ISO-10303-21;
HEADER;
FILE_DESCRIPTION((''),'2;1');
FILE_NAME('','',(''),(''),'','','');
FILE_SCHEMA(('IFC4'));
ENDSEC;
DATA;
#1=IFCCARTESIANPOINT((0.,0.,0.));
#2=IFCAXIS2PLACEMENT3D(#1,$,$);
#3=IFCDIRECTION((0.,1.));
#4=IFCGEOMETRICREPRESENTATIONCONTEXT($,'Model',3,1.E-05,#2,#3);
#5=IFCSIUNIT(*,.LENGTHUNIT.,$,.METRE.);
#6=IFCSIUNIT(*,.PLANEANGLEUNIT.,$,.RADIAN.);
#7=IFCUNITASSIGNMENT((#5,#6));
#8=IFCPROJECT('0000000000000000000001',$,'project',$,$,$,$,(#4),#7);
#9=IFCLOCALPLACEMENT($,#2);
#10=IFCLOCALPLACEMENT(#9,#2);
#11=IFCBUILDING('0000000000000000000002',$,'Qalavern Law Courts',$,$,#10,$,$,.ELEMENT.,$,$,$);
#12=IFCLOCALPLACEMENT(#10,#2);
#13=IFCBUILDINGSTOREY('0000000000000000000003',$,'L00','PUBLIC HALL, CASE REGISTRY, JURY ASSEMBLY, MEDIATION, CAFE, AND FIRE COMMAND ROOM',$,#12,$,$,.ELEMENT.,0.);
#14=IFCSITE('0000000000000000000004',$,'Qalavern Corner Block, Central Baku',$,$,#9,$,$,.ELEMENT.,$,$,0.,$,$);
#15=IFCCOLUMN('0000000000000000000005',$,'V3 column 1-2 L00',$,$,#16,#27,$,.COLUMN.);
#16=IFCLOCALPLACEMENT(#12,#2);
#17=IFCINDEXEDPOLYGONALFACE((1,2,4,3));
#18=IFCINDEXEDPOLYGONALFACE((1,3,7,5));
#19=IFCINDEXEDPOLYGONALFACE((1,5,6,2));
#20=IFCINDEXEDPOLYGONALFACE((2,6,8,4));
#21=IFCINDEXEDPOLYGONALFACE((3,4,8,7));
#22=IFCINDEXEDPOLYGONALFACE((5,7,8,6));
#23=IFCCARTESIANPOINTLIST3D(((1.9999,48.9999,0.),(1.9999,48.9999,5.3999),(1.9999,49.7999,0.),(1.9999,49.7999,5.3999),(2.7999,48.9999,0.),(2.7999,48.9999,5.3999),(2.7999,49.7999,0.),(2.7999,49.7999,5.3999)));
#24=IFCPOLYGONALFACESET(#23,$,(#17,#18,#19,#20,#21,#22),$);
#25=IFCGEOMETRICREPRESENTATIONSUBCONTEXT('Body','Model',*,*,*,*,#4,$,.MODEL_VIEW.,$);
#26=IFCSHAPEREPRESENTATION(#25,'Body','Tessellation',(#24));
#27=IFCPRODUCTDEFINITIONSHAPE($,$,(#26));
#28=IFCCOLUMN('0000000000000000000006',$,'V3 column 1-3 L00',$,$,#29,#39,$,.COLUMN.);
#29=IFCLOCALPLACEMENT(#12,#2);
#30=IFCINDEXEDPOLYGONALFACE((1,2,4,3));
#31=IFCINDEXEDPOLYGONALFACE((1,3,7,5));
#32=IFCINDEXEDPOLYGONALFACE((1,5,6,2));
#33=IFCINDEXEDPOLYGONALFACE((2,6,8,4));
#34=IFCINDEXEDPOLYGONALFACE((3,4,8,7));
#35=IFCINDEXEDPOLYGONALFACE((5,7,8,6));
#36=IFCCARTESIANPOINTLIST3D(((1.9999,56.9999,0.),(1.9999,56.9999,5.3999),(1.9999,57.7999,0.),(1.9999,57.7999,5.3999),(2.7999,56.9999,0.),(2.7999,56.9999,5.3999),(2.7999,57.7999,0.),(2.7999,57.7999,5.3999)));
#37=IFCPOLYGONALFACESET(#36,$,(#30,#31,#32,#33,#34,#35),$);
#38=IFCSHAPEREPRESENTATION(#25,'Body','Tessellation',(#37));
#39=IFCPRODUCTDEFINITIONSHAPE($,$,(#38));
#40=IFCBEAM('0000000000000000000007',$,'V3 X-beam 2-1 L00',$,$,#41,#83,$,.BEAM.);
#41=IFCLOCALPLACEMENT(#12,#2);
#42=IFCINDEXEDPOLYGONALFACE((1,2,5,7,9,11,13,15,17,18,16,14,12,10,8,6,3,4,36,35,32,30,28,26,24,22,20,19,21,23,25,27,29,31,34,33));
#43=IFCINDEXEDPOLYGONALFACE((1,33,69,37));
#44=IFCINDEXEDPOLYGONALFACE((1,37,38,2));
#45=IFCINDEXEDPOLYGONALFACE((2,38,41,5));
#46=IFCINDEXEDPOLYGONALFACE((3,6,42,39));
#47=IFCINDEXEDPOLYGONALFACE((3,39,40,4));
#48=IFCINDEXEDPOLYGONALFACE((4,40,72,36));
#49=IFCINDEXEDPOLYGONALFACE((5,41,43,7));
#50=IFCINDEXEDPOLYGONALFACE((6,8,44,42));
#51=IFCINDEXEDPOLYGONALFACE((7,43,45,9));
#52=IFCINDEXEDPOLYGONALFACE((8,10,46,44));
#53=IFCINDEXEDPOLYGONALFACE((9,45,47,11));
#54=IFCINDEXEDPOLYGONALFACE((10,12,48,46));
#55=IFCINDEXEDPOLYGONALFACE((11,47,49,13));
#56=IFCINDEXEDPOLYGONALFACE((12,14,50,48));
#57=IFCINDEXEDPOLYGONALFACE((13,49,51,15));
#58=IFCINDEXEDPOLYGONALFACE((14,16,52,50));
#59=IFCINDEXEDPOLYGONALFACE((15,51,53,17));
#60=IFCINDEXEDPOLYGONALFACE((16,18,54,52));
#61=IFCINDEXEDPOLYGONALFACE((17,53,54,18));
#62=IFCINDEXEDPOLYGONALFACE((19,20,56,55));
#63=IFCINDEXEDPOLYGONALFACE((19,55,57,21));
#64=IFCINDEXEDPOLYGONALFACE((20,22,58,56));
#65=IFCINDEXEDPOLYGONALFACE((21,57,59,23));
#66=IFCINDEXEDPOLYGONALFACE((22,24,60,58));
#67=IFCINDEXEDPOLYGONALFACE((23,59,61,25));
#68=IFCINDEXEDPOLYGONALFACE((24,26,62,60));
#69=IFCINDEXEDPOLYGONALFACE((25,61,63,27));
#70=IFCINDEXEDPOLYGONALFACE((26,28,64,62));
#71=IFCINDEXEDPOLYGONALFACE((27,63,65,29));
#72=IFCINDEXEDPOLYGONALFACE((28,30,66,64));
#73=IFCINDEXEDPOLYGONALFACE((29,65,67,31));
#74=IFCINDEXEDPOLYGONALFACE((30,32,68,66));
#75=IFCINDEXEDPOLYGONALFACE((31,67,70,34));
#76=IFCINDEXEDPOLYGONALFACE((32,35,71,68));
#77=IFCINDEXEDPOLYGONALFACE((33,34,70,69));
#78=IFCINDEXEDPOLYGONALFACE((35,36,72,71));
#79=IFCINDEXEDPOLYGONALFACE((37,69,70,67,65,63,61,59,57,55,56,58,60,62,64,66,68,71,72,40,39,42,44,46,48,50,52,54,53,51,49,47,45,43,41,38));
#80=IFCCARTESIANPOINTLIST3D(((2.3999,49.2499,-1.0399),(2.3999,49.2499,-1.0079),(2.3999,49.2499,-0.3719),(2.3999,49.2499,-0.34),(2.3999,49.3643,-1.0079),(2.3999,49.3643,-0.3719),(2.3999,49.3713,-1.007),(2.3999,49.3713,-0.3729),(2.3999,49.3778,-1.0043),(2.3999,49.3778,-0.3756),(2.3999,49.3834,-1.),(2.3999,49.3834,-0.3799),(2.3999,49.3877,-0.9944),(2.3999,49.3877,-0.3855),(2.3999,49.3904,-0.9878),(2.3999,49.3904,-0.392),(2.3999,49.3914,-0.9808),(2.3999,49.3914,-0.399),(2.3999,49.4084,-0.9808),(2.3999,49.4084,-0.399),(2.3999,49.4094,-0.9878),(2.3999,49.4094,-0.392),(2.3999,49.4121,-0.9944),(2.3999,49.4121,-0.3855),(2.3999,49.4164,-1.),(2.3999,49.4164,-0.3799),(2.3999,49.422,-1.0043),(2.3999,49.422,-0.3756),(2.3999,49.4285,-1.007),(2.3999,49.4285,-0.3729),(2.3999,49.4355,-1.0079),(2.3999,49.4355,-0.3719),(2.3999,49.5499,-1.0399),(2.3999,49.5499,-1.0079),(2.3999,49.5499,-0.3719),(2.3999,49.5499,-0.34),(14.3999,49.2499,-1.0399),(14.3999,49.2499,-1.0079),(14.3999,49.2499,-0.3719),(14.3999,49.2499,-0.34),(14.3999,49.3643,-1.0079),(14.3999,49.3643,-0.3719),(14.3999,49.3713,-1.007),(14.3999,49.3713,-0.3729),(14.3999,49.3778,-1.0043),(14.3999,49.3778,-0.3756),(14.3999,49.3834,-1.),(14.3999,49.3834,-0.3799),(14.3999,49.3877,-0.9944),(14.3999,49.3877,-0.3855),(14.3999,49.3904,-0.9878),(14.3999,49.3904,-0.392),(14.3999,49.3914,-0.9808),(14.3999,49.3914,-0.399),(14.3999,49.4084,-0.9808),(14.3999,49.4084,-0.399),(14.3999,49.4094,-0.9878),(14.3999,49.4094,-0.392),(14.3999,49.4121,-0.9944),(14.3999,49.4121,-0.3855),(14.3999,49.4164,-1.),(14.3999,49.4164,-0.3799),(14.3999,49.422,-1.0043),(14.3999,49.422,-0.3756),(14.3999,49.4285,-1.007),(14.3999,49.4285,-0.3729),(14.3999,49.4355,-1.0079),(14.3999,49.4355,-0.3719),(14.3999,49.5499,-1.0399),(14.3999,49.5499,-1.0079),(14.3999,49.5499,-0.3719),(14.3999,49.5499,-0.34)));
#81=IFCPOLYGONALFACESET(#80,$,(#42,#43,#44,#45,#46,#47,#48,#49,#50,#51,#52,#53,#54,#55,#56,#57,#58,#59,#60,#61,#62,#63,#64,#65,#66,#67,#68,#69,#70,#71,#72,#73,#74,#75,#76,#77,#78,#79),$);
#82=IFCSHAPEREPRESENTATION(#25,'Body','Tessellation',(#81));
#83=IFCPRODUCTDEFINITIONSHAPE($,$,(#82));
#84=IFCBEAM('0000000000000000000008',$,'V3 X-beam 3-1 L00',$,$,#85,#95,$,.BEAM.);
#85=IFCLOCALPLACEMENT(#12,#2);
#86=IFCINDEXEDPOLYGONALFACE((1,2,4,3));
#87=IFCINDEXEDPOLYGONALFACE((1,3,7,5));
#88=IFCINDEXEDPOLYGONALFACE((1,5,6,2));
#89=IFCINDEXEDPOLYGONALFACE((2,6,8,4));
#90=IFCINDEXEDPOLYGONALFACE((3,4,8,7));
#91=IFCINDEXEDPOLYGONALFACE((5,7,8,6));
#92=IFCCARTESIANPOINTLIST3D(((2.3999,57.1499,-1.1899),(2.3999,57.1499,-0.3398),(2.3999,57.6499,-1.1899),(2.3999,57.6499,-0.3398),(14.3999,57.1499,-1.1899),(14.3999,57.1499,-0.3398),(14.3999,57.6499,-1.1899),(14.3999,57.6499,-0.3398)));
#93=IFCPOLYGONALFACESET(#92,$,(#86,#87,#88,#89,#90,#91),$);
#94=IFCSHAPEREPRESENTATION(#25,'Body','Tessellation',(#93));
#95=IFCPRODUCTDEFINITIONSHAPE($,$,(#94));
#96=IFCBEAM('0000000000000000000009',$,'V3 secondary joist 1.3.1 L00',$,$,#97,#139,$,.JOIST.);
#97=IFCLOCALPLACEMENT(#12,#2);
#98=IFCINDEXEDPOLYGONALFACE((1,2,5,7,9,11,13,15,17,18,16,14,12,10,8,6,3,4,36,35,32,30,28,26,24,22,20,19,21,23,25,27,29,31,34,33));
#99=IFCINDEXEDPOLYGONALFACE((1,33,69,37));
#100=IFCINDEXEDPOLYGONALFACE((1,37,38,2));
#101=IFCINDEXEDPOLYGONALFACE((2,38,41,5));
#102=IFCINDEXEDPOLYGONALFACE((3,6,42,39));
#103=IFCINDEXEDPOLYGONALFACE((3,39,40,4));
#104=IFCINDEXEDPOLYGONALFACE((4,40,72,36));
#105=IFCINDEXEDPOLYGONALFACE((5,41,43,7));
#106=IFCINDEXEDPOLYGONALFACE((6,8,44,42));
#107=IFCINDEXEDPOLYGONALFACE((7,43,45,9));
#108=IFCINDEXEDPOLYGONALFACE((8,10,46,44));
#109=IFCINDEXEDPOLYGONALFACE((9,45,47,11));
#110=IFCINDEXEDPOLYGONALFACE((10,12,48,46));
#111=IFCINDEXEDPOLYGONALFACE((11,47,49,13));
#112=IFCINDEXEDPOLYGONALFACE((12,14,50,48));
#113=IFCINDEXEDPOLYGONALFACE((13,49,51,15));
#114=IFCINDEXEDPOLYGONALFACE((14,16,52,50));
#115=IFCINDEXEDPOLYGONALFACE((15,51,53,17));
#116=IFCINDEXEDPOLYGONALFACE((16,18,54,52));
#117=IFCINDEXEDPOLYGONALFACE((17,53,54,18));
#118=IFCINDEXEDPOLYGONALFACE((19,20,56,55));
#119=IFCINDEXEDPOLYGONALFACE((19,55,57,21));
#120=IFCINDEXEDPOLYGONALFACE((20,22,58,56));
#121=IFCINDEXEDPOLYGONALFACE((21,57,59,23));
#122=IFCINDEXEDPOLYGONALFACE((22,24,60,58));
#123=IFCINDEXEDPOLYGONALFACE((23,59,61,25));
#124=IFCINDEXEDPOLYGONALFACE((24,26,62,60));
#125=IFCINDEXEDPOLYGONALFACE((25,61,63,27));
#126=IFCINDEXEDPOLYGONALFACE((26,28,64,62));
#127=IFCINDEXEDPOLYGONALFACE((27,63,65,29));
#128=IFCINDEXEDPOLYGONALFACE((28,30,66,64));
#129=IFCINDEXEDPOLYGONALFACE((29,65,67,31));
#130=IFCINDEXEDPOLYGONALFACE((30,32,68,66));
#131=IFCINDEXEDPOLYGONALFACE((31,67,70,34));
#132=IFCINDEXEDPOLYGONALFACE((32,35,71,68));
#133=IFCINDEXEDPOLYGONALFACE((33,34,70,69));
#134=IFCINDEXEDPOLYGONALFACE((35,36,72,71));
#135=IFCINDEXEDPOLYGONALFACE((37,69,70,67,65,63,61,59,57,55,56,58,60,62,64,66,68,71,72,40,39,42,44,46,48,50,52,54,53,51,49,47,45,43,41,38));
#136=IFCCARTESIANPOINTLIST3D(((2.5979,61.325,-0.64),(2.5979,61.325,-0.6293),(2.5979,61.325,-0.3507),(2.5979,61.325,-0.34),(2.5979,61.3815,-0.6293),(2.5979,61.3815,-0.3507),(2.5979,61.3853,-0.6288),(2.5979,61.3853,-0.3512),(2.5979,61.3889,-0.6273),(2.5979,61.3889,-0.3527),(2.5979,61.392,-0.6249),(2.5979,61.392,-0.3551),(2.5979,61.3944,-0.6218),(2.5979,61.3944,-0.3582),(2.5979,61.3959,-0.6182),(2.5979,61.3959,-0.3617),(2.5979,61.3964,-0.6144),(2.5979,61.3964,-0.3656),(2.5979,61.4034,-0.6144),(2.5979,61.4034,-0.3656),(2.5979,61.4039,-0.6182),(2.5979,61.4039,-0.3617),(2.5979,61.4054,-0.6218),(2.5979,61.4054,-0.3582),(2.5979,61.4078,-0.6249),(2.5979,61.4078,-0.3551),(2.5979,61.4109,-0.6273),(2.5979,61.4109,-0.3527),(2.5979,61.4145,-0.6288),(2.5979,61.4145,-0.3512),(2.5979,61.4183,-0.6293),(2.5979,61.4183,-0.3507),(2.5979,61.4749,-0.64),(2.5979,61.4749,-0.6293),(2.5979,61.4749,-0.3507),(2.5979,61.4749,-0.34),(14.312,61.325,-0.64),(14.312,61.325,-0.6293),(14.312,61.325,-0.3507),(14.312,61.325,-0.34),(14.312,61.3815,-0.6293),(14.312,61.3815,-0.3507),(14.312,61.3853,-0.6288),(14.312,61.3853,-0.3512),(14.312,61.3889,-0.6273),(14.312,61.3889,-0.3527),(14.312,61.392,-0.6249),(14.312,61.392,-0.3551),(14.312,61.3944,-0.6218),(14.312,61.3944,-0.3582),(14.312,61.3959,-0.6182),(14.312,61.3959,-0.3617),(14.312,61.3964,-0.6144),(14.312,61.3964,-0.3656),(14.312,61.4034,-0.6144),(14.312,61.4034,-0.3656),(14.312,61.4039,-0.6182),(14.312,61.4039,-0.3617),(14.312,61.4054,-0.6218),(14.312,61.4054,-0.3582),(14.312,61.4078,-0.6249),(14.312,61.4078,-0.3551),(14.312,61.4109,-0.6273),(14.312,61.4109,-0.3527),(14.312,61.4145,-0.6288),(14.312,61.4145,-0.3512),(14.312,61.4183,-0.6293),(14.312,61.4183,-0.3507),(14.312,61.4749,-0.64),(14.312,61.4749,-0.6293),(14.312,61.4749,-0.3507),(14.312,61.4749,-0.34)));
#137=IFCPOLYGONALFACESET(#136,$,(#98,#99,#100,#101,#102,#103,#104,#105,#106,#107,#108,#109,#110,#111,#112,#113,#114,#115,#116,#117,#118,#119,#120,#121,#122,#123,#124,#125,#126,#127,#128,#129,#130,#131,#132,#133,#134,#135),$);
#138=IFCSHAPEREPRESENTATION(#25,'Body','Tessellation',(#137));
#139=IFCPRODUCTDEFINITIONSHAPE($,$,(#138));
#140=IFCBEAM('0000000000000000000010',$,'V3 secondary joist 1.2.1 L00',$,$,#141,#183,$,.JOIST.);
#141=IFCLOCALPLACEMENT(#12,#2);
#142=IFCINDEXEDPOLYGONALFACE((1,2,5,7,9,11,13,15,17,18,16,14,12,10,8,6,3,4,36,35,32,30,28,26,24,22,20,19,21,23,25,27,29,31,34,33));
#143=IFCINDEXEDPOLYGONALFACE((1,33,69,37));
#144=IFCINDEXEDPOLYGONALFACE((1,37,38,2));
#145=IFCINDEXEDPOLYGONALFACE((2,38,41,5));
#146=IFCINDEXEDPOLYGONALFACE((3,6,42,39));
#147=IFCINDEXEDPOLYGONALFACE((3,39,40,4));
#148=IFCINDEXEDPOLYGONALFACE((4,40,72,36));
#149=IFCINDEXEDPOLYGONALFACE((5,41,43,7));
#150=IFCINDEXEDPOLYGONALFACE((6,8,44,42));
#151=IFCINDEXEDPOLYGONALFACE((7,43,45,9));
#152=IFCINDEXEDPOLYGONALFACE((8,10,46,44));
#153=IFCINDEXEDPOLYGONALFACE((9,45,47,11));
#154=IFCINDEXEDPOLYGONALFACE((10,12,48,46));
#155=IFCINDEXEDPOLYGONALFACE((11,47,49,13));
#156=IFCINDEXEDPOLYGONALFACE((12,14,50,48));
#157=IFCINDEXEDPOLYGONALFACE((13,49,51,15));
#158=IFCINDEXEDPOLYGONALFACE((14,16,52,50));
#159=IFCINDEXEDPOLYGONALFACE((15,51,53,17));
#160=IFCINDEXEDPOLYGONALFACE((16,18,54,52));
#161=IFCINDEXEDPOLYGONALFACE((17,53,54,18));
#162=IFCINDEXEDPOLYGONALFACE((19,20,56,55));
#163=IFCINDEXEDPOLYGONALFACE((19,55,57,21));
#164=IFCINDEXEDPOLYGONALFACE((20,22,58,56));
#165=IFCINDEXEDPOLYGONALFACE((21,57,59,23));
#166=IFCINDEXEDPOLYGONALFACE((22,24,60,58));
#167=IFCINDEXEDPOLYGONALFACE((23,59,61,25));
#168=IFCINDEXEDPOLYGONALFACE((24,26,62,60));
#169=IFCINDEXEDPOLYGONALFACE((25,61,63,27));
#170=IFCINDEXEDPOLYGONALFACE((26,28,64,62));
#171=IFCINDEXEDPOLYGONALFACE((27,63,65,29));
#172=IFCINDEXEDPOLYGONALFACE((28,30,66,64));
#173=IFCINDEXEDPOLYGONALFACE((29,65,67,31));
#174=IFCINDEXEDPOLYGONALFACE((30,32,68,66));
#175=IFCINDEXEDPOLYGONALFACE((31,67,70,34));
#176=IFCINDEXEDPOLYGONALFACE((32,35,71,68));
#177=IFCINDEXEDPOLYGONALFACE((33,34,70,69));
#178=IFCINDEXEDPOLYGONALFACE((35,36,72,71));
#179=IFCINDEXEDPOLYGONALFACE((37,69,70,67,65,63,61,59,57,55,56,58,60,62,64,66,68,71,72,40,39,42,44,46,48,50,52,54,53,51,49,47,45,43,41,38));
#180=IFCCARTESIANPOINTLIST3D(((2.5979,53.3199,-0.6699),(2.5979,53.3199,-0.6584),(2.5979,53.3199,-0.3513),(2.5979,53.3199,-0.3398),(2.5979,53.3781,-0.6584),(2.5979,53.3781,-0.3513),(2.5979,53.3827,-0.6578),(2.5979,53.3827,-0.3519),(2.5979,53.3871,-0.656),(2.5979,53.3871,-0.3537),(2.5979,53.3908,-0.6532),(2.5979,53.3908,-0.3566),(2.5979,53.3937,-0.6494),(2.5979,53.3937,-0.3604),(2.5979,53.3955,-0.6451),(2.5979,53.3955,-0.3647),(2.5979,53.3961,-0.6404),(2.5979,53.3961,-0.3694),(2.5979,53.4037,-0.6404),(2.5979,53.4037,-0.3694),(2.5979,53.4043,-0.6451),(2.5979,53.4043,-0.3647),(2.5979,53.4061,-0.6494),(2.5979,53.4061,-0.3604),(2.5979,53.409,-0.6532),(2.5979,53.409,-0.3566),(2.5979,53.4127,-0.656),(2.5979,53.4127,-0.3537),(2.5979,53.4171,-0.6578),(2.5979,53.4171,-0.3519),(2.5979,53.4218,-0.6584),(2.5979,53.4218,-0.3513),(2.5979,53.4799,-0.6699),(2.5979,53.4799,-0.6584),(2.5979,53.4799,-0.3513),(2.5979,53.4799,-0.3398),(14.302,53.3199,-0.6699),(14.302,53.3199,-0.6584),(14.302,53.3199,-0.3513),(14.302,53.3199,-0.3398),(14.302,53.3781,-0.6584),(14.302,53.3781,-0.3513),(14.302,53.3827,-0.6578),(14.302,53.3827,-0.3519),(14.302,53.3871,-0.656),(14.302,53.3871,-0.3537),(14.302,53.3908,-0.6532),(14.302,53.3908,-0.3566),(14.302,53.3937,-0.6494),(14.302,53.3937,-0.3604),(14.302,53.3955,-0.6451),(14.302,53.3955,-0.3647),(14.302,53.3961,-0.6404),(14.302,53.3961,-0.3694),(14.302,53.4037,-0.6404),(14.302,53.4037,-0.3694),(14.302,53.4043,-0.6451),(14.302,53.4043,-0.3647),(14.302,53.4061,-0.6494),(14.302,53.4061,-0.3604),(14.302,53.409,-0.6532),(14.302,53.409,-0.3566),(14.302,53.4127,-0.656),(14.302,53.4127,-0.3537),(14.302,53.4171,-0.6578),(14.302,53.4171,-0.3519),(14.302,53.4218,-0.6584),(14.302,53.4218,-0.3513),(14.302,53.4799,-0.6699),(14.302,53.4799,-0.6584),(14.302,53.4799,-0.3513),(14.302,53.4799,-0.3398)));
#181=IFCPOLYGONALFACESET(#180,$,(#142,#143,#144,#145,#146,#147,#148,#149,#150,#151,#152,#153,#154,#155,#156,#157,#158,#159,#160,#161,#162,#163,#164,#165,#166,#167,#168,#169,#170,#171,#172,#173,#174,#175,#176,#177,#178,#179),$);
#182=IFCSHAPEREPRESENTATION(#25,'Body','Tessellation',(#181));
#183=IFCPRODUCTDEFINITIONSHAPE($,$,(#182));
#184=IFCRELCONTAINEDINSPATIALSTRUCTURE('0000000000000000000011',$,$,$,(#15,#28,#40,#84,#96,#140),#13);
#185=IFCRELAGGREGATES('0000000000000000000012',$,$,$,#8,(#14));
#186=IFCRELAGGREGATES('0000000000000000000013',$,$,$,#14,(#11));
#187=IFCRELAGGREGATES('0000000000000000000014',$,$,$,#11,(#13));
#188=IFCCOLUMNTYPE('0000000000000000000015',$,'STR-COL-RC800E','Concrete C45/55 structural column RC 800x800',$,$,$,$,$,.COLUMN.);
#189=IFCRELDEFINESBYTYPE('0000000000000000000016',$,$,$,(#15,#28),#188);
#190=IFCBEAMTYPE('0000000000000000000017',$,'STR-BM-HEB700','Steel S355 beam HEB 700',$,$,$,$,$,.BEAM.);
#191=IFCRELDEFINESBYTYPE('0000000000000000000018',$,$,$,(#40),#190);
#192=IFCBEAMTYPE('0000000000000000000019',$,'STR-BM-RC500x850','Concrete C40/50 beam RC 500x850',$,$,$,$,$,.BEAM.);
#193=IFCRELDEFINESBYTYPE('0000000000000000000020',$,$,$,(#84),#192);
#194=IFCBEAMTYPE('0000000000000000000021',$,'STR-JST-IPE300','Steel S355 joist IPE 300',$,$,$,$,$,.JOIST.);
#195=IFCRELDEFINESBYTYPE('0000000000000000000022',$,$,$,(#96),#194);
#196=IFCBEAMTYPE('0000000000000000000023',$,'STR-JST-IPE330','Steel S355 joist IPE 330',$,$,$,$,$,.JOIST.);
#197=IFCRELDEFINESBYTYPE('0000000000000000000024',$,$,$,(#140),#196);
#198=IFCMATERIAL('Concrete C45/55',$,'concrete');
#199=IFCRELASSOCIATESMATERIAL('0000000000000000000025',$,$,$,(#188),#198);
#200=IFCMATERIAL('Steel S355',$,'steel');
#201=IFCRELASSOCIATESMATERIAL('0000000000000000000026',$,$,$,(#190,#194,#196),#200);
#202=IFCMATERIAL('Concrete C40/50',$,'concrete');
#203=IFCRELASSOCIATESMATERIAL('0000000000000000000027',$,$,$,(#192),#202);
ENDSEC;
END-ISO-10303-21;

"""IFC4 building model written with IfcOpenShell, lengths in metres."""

from ifc_helpers import new_model, si_unit, direction, frame, origin, origin_2d, place, context, subcontext, project, spatial, rectangle, i_section, extrude, material, material_profile, profile_set, type_object, element, save


model = new_model("IFC4")

# Units and contexts
model_context = context("Model", 3, precision=1e-05, world=origin(), true_north=direction((0.0, 1.0)))
body_context = subcontext(model_context, "Body", "Model", "MODEL_VIEW")
ifc_project = project(units=[si_unit("LENGTHUNIT", "METRE"), si_unit("PLANEANGLEUNIT", "RADIAN")], contexts=[model_context])

# Site, building, storey
site_placement = place(None, origin())
site = spatial("IfcSite", under=ifc_project, at=site_placement, Name="Qalavern Corner Block, Central Baku", CompositionType="ELEMENT", RefElevation=0.0)
building_placement = place(site_placement, origin())
building = spatial("IfcBuilding", under=site, at=building_placement, Name="Qalavern Law Courts", CompositionType="ELEMENT")
storey_placement = place(building_placement, origin())
storey = spatial("IfcBuildingStorey", under=building, at=storey_placement, Name="L00", Description="PUBLIC HALL, CASE REGISTRY, JURY ASSEMBLY, MEDIATION, CAFE, AND FIRE COMMAND ROOM", CompositionType="ELEMENT", Elevation=0.0)

# Columns
ifc_material_1 = material(Name="Concrete C45/55", Category="concrete")
ifc_material_profile_1 = material_profile(ifc_material_1, rectangle(XDim=0.8, YDim=0.8, at=origin_2d()), Name="RC 800x800")
ifc_profile_set_1 = profile_set([ifc_material_profile_1], Name="Concrete C45/55")
column_type = type_object("IfcColumnType", Name="STR-COL-RC800E", Description="Concrete C45/55 structural column RC 800x800", PredefinedType="COLUMN", material=ifc_profile_set_1)
for number, where, z_axis, x_axis, name in (
    (1, (2.3999, 49.3999, 0.0), (0.0, 0.0, 1.0), (1.0, 0.0, 0.0), "V3 column 1-2 L00"),
    (2, (2.3999, 57.3999, 0.0), (0.0, 0.0, 1.0), (1.0, 0.0, 0.0), "V3 column 1-3 L00"),
):
    element("IfcColumn", number, at=place(storey_placement, frame(where, z_axis=z_axis, x_axis=x_axis)), inside=storey, type_object=column_type, Name=name, PredefinedType="COLUMN", context=body_context, shape_type="SweptSolid", body=[
        extrude(rectangle(XDim=0.8, YDim=0.8, at=origin_2d()), origin(), (0.0, 0.0, 1.0), 5.3999),
    ])

# Beams
ifc_material_2 = material(Name="Steel S355", Category="steel")
ifc_material_profile_2 = material_profile(ifc_material_2, i_section(OverallWidth=0.3, OverallDepth=0.7, WebThickness=0.0171, FlangeThickness=0.032, FilletRadius=0.0271, at=origin_2d()), Name="HEB 700")
ifc_profile_set_2 = profile_set([ifc_material_profile_2], Name="Steel S355")
beam_type_1 = type_object("IfcBeamType", Name="STR-BM-HEB700", Description="Steel S355 beam HEB 700", PredefinedType="BEAM", material=ifc_profile_set_2)
beam_1_placement = place(storey_placement, frame((2.3999, 49.3999, -0.6899), z_axis=(1.0, 0.0, 0.0), x_axis=(0.0, 1.0, 0.0)))
element("IfcBeam", 3, at=beam_1_placement, inside=storey, type_object=beam_type_1, Name="V3 X-beam 2-1 L00", PredefinedType="BEAM", context=body_context, shape_type="SweptSolid", body=[
    extrude(i_section(OverallWidth=0.3, OverallDepth=0.7, WebThickness=0.0171, FlangeThickness=0.032, FilletRadius=0.0271, at=origin_2d()), origin(), (0.0, 0.0, 1.0), 12.0),
])
ifc_material_3 = material(Name="Concrete C40/50", Category="concrete")
ifc_material_profile_3 = material_profile(ifc_material_3, rectangle(XDim=0.5, YDim=0.8501, at=origin_2d()), Name="RC 500x850")
ifc_profile_set_3 = profile_set([ifc_material_profile_3], Name="Concrete C40/50")
beam_type_2 = type_object("IfcBeamType", Name="STR-BM-RC500x850", Description="Concrete C40/50 beam RC 500x850", PredefinedType="BEAM", material=ifc_profile_set_3)
beam_2_placement = place(storey_placement, frame((2.3999, 57.3999, -0.7649), z_axis=(1.0, 0.0, 0.0), x_axis=(0.0, 1.0, 0.0)))
element("IfcBeam", 4, at=beam_2_placement, inside=storey, type_object=beam_type_2, Name="V3 X-beam 3-1 L00", PredefinedType="BEAM", context=body_context, shape_type="SweptSolid", body=[
    extrude(rectangle(XDim=0.5, YDim=0.8501, at=origin_2d()), origin(), (0.0, 0.0, 1.0), 12.0),
])
ifc_material_profile_4 = material_profile(ifc_material_2, i_section(OverallWidth=0.1499, OverallDepth=0.3, WebThickness=0.0071, FlangeThickness=0.0107, FilletRadius=0.0149, at=origin_2d()), Name="IPE 300")
ifc_profile_set_4 = profile_set([ifc_material_profile_4], Name="Steel S355")
beam_type_3 = type_object("IfcBeamType", Name="STR-JST-IPE300", Description="Steel S355 joist IPE 300", PredefinedType="JOIST", material=ifc_profile_set_4)
beam_3_placement = place(storey_placement, frame((2.5979, 61.3999, -0.49), z_axis=(1.0, 0.0, 0.0), x_axis=(0.0, 1.0, 0.0)))
element("IfcBeam", 5, at=beam_3_placement, inside=storey, type_object=beam_type_3, Name="V3 secondary joist 1.3.1 L00", PredefinedType="JOIST", context=body_context, shape_type="SweptSolid", body=[
    extrude(i_section(OverallWidth=0.1499, OverallDepth=0.3, WebThickness=0.0071, FlangeThickness=0.0107, FilletRadius=0.0149, at=origin_2d()), origin(), (0.0, 0.0, 1.0), 11.7141),
])
ifc_material_profile_5 = material_profile(ifc_material_2, i_section(OverallWidth=0.1599, OverallDepth=0.3301, WebThickness=0.0076, FlangeThickness=0.0115, FilletRadius=0.0181, at=origin_2d()), Name="IPE 330")
ifc_profile_set_5 = profile_set([ifc_material_profile_5], Name="Steel S355")
beam_type_4 = type_object("IfcBeamType", Name="STR-JST-IPE330", Description="Steel S355 joist IPE 330", PredefinedType="JOIST", material=ifc_profile_set_5)
beam_4_placement = place(storey_placement, frame((2.5979, 53.3999, -0.5049), z_axis=(1.0, 0.0, 0.0), x_axis=(0.0, 1.0, 0.0)))
element("IfcBeam", 6, at=beam_4_placement, inside=storey, type_object=beam_type_4, Name="V3 secondary joist 1.2.1 L00", PredefinedType="JOIST", context=body_context, shape_type="SweptSolid", body=[
    extrude(i_section(OverallWidth=0.1599, OverallDepth=0.3301, WebThickness=0.0076, FlangeThickness=0.0115, FilletRadius=0.0181, at=origin_2d()), origin(), (0.0, 0.0, 1.0), 11.7041),
])

save(model, "model.ifc")
